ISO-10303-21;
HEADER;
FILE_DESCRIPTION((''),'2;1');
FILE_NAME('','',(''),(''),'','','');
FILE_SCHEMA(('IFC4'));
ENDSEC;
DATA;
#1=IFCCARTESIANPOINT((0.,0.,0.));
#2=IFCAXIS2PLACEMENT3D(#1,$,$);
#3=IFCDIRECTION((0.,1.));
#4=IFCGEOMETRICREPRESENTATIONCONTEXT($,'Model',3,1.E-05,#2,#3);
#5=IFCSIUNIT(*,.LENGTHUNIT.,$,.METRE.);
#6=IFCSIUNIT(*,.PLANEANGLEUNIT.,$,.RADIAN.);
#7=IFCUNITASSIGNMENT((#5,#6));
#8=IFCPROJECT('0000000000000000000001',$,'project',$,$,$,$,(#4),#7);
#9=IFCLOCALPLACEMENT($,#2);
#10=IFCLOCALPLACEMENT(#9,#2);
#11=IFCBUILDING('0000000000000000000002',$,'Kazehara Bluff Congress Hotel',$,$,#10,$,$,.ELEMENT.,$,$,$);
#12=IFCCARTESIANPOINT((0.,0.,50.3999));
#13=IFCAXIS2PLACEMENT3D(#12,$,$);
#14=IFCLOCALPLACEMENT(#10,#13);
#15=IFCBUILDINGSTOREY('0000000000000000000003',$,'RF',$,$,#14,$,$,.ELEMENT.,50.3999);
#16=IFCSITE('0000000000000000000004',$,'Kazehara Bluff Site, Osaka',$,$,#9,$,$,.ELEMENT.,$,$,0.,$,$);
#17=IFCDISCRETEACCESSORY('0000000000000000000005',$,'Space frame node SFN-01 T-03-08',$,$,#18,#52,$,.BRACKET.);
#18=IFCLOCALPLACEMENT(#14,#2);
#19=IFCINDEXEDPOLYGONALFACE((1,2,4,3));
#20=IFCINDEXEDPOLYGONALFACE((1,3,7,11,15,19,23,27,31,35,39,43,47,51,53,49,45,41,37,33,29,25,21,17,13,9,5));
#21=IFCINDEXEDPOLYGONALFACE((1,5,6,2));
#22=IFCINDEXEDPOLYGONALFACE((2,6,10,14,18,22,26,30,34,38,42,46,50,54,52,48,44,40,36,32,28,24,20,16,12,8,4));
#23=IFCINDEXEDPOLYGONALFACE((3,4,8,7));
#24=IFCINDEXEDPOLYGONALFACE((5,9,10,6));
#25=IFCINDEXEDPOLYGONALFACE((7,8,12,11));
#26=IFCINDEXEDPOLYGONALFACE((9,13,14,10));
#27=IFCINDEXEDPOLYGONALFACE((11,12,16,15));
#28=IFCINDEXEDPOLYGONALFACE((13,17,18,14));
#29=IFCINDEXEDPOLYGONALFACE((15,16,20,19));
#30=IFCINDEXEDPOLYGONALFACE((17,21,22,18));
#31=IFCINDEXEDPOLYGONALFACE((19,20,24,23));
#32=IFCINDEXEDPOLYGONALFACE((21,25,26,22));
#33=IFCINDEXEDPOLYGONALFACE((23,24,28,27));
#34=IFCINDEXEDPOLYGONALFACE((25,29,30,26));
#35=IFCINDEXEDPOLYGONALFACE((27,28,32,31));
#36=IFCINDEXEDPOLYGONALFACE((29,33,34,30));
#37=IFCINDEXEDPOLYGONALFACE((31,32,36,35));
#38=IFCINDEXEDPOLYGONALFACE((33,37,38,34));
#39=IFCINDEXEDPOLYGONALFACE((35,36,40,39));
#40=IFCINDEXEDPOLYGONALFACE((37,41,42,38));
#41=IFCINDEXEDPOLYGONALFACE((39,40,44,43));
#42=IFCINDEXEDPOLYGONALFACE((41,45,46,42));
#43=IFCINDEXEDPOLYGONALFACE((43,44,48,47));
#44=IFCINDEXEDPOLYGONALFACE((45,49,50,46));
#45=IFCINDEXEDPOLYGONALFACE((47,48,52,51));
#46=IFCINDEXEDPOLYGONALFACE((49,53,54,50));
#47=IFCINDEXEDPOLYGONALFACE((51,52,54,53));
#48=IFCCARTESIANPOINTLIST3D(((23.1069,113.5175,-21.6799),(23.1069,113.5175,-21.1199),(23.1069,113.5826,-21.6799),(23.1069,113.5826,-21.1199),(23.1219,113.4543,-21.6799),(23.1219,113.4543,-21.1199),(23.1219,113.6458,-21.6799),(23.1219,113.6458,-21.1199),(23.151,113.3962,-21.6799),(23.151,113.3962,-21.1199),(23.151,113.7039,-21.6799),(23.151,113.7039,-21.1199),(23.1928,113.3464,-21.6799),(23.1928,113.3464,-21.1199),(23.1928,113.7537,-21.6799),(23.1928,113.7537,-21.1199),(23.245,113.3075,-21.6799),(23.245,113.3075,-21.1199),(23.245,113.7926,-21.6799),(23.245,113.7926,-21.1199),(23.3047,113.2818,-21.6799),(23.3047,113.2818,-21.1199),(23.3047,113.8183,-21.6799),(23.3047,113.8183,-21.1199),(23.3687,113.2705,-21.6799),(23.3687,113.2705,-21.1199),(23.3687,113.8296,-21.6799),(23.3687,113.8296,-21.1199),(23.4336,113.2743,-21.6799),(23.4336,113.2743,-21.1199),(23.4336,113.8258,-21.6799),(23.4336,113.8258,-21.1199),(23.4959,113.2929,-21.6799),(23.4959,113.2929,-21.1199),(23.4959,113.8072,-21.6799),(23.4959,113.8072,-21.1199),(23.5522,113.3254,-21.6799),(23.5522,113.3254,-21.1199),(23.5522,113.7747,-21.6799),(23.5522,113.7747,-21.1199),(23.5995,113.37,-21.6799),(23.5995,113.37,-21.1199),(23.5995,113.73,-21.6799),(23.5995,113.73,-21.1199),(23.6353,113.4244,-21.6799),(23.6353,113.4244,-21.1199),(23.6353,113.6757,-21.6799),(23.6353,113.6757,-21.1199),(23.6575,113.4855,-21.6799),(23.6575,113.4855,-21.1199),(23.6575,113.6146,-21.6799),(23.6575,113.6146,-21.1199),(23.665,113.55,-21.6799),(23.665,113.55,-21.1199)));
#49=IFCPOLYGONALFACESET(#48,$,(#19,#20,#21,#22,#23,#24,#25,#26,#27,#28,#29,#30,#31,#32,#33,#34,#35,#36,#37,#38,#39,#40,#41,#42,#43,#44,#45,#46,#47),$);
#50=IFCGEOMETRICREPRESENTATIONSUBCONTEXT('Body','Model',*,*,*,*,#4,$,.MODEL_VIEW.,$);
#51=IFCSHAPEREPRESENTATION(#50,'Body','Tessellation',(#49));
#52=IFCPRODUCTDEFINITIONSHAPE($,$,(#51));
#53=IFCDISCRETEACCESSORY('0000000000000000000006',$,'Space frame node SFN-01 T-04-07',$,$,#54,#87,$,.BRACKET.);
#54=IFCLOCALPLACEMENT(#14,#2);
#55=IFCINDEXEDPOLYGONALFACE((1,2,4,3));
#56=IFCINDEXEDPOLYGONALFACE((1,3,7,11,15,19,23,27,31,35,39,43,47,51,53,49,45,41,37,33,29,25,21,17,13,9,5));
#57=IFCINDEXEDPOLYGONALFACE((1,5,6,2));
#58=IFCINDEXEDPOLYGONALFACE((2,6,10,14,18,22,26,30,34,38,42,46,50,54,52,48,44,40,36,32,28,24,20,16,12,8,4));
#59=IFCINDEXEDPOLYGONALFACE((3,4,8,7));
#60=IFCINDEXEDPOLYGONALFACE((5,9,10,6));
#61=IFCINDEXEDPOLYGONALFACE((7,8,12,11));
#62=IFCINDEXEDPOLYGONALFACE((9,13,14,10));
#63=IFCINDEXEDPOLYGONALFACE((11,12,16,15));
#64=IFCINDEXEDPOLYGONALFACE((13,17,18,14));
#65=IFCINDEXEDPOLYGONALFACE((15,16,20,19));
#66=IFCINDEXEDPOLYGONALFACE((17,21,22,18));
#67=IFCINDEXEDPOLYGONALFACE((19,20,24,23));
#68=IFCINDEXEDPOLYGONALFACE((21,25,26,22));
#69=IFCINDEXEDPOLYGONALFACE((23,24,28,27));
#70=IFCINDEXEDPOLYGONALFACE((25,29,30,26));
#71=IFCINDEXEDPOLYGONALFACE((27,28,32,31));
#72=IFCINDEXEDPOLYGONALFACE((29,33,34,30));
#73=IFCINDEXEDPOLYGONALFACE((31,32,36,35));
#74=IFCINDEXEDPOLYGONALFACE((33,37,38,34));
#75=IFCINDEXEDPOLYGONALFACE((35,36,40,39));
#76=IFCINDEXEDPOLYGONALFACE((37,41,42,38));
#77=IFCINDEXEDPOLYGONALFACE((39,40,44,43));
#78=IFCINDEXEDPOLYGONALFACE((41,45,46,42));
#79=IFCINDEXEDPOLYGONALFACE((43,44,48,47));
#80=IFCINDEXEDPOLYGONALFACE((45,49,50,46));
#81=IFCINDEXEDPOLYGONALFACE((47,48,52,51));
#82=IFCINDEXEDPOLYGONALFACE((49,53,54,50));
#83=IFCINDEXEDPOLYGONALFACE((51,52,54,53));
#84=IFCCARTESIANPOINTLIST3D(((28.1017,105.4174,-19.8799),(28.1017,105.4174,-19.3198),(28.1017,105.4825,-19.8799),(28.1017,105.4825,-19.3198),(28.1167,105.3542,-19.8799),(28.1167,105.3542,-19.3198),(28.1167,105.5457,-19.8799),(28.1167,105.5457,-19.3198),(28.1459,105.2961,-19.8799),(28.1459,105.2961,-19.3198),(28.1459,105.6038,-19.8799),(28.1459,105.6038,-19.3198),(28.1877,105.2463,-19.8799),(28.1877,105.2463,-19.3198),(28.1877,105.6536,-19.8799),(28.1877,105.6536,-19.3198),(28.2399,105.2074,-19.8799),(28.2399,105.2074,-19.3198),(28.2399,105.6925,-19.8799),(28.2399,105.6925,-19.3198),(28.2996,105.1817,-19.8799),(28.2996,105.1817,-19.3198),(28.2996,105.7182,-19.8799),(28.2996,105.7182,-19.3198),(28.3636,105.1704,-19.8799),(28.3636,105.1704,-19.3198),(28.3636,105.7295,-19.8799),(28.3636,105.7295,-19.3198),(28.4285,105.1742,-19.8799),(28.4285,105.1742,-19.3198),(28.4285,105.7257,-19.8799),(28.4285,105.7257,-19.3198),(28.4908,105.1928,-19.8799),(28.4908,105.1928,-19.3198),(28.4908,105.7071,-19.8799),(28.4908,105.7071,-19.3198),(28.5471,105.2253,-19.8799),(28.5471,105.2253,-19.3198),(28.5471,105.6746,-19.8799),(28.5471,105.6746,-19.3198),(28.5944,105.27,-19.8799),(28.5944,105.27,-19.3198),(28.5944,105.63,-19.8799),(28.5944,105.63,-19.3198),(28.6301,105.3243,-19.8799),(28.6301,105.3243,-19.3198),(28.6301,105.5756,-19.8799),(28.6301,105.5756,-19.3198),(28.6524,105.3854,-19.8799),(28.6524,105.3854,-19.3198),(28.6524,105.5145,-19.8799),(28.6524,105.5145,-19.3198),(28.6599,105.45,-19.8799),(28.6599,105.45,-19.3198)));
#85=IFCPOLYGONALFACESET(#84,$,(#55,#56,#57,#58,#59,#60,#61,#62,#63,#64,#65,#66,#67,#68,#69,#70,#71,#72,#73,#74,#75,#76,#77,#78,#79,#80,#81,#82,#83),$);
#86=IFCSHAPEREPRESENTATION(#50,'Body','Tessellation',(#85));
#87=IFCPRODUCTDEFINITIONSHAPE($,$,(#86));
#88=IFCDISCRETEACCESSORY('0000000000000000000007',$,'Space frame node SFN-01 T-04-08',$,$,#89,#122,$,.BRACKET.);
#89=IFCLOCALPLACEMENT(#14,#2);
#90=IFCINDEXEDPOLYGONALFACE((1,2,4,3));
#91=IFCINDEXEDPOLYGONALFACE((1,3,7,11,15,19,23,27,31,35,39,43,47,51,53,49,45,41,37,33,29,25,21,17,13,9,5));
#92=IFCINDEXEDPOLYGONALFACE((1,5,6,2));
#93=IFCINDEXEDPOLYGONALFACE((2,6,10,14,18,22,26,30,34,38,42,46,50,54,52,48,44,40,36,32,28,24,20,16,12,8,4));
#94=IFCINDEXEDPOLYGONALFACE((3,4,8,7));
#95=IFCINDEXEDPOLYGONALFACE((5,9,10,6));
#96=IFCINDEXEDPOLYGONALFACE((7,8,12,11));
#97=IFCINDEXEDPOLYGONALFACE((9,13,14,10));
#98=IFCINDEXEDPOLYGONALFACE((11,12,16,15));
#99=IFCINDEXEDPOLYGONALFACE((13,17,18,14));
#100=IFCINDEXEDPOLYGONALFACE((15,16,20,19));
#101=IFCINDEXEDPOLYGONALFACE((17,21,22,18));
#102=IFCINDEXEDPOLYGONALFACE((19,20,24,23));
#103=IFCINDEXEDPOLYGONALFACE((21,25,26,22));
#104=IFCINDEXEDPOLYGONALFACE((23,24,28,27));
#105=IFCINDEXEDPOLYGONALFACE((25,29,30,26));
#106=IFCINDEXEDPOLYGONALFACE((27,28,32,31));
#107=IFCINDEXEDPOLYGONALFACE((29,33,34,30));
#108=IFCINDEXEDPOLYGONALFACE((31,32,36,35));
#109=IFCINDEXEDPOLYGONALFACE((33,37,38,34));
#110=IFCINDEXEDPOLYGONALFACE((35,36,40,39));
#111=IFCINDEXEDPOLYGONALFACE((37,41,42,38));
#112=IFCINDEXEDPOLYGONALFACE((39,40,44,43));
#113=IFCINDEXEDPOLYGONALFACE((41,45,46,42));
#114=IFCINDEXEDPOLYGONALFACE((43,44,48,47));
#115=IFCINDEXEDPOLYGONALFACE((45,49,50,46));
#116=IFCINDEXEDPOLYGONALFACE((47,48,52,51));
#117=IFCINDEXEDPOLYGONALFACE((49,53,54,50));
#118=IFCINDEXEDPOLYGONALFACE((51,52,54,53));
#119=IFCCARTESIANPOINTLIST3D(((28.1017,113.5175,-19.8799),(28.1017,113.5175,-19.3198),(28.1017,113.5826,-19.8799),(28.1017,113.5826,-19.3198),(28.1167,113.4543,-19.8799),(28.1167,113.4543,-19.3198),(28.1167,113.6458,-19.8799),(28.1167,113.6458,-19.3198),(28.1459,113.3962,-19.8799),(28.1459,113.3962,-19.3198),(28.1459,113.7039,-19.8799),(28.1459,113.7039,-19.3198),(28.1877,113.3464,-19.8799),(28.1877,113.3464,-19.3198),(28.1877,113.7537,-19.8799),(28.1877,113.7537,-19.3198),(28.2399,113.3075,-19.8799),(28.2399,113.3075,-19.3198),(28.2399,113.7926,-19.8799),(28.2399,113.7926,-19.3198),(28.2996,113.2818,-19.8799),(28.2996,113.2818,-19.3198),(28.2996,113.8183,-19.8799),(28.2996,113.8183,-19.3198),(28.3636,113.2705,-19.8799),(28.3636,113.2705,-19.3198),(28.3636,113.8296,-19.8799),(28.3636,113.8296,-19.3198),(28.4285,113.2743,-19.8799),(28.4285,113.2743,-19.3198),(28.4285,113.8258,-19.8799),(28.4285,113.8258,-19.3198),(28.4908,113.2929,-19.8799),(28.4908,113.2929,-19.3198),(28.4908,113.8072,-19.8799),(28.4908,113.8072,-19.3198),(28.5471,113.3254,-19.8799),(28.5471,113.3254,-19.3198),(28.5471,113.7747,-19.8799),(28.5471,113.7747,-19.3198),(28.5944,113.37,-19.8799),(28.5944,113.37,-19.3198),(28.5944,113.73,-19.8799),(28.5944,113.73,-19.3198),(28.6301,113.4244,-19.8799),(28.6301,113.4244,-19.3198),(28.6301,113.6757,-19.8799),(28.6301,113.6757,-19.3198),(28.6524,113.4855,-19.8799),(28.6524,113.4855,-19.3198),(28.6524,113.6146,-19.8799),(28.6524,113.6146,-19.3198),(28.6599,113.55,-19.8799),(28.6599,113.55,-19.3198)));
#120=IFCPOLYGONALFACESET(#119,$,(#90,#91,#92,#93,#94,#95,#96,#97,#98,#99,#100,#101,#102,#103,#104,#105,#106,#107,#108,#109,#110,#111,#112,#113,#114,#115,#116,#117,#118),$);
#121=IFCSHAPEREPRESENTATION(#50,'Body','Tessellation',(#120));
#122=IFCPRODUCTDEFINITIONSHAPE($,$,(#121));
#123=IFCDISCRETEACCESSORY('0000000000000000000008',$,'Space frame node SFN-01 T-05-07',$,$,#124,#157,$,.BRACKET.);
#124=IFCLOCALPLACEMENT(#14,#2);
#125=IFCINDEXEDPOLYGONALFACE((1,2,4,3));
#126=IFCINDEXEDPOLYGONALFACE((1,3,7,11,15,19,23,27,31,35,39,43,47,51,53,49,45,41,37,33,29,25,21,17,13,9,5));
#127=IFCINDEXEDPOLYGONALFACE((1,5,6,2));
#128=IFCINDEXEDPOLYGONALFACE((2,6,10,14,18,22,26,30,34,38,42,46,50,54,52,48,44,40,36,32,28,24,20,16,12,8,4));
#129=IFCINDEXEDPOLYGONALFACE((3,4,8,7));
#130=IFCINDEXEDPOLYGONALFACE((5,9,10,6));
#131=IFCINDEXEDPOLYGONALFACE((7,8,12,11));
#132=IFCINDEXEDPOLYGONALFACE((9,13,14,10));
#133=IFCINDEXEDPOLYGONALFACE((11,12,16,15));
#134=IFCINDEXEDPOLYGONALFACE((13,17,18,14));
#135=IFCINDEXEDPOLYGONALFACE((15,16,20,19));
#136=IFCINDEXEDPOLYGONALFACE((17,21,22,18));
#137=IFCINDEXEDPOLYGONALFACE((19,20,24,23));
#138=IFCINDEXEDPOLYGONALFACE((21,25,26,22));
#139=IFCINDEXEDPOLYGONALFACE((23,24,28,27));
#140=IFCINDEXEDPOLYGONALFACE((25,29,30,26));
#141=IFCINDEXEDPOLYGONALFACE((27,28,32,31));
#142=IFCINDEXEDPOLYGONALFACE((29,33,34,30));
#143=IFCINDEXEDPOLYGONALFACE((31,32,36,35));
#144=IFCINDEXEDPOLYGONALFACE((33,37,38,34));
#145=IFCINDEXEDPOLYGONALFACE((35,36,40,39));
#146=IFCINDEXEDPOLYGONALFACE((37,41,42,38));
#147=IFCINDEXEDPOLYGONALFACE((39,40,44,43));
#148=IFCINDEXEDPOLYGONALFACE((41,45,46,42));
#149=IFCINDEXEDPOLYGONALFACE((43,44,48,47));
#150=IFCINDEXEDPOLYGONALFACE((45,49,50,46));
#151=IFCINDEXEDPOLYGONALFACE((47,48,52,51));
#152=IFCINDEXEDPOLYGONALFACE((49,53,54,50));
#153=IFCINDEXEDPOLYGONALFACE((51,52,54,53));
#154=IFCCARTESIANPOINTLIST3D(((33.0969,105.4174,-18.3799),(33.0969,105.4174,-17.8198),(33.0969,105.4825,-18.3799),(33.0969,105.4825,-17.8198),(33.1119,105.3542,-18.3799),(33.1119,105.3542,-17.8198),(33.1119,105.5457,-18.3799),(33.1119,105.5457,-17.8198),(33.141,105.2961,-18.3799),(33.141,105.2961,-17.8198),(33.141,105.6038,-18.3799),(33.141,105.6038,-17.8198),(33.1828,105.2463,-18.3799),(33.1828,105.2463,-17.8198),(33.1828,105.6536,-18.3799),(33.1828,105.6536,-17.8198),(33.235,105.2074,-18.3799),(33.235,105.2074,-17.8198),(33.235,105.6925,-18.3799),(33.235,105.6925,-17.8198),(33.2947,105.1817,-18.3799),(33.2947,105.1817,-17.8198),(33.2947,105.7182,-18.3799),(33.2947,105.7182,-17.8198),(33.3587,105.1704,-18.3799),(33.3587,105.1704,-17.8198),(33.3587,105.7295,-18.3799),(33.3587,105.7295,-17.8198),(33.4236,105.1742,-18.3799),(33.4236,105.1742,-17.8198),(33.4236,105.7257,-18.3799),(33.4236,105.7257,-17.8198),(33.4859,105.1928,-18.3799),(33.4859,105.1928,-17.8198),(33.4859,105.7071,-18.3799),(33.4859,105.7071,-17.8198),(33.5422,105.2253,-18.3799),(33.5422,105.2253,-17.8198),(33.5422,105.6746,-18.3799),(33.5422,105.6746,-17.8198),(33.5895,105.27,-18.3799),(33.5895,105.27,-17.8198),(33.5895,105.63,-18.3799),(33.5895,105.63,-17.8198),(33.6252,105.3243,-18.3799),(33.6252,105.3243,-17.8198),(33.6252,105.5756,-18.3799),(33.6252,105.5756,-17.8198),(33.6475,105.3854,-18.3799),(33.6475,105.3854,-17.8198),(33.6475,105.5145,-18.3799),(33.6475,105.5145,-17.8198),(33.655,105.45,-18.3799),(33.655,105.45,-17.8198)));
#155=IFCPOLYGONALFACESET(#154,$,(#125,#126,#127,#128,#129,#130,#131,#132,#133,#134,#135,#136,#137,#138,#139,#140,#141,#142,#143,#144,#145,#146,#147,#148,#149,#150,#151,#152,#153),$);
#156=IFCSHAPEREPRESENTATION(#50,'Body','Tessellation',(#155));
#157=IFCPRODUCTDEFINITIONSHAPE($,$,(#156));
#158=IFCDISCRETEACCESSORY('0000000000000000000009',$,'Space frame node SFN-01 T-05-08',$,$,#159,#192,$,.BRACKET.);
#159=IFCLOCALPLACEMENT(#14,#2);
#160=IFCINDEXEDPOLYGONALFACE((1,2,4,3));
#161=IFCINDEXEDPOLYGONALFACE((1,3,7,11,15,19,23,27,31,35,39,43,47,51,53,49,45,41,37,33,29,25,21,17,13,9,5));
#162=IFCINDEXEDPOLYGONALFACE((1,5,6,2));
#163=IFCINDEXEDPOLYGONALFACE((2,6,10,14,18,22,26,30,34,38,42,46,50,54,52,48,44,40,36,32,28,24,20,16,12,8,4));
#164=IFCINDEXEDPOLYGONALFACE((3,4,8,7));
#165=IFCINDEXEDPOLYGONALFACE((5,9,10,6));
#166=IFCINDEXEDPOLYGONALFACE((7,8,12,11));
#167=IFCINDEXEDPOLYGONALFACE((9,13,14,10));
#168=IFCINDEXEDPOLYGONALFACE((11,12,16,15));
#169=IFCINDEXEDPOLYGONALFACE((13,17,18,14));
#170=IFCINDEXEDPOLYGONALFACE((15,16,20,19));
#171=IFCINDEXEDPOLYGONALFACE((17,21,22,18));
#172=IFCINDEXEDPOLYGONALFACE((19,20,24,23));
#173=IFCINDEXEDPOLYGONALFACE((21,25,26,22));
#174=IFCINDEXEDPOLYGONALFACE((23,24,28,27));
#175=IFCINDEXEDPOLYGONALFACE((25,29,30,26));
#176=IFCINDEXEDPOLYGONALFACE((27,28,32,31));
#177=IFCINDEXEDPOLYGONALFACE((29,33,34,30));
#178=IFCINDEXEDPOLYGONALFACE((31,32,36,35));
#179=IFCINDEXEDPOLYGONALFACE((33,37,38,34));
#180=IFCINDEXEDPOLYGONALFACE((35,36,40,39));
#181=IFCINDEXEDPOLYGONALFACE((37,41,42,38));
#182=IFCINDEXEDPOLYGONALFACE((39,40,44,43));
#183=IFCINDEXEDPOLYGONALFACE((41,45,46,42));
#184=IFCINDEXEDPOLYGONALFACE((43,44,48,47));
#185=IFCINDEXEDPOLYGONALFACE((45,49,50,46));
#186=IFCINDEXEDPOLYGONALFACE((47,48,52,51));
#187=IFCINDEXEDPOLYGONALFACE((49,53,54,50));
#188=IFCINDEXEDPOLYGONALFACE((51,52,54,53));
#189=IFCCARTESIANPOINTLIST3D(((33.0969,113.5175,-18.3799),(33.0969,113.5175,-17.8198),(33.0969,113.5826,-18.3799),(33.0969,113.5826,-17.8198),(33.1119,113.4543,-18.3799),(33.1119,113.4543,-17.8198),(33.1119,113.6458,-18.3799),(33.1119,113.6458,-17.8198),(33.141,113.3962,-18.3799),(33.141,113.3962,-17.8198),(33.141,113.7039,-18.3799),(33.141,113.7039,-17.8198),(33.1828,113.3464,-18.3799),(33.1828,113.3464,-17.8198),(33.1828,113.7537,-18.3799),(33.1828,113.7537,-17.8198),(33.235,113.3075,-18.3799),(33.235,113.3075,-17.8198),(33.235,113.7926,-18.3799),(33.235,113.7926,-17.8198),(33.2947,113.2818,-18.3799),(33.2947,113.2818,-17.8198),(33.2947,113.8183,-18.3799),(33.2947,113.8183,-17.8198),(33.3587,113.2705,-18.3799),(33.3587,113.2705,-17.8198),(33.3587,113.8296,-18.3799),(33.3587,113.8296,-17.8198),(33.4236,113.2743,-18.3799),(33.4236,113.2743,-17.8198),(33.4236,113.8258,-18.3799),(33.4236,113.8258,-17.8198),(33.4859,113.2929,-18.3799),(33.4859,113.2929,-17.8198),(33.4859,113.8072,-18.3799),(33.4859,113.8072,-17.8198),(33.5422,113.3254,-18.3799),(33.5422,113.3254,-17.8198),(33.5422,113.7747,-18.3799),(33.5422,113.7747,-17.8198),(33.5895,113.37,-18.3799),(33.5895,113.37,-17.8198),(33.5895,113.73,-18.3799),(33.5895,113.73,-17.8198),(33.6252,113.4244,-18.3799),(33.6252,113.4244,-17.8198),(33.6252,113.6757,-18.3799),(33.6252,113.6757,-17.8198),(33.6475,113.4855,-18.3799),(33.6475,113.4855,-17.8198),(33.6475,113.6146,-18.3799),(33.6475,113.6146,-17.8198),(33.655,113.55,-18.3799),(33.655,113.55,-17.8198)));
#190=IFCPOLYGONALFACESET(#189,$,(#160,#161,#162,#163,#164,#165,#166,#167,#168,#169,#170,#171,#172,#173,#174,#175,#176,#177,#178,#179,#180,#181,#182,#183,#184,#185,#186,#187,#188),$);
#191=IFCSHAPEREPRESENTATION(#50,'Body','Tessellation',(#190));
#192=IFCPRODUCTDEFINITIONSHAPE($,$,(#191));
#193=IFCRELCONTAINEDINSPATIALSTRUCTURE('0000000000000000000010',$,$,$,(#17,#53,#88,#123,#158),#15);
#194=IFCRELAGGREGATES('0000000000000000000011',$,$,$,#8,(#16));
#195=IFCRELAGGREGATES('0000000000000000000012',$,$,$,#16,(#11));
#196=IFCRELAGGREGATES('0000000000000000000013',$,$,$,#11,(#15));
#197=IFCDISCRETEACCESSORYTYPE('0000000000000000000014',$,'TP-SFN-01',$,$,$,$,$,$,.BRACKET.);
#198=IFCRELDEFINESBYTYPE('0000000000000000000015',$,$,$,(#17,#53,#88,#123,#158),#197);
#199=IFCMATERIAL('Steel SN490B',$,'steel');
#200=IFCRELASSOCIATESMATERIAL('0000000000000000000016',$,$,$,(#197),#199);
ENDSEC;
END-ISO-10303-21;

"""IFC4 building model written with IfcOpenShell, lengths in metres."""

from ifc_helpers import new_model, si_unit, direction, frame, origin, origin_2d, place, context, subcontext, project, spatial, circle, extrude, material, material_profile, profile_set, type_object, element, save


model = new_model("IFC4")

# Units and contexts
model_context = context("Model", 3, precision=1e-05, world=origin(), true_north=direction((0.0, 1.0)))
body_context = subcontext(model_context, "Body", "Model", "MODEL_VIEW")
ifc_project = project(units=[si_unit("LENGTHUNIT", "METRE"), si_unit("PLANEANGLEUNIT", "RADIAN")], contexts=[model_context])

# Site, building, storey
site_placement = place(None, origin())
site = spatial("IfcSite", under=ifc_project, at=site_placement, Name="Kazehara Bluff Site, Osaka", CompositionType="ELEMENT", RefElevation=0.0)
building_placement = place(site_placement, origin())
building = spatial("IfcBuilding", under=site, at=building_placement, Name="Kazehara Bluff Congress Hotel", CompositionType="ELEMENT")
storey_placement = place(building_placement, frame((0.0, 0.0, 50.3999)))
storey = spatial("IfcBuildingStorey", under=building, at=storey_placement, Name="RF", CompositionType="ELEMENT", Elevation=50.3999)

# Discrete accessories
ifc_material_1 = material(Name="Steel SN490B", Category="steel")
ifc_material_profile_1 = material_profile(ifc_material_1, circle(Radius=0.28, at=origin_2d()))
ifc_profile_set_1 = profile_set([ifc_material_profile_1], Name="Steel SN490B")
discrete_accessory_type_1 = type_object("IfcDiscreteAccessoryType", Name="TP-SFN-01", PredefinedType="BRACKET", material=ifc_profile_set_1)
for number, where, z_axis, x_axis, name in (
    (1, (23.385, 113.55, -21.6799), (0.0, 0.0, 1.0), (1.0, 0.0, 0.0), "Space frame node SFN-01 T-03-08"),
    (2, (28.3799, 105.45, -19.8799), (0.0, 0.0, 1.0), (1.0, 0.0, 0.0), "Space frame node SFN-01 T-04-07"),
    (3, (28.3799, 113.55, -19.8799), (0.0, 0.0, 1.0), (1.0, 0.0, 0.0), "Space frame node SFN-01 T-04-08"),
    (4, (33.375, 105.45, -18.3799), (0.0, 0.0, 1.0), (1.0, 0.0, 0.0), "Space frame node SFN-01 T-05-07"),
    (5, (33.375, 113.55, -18.3799), (0.0, 0.0, 1.0), (1.0, 0.0, 0.0), "Space frame node SFN-01 T-05-08"),
):
    element("IfcDiscreteAccessory", number, at=place(storey_placement, frame(where, z_axis=z_axis, x_axis=x_axis)), inside=storey, type_object=discrete_accessory_type_1, Name=name, PredefinedType="BRACKET", context=body_context, shape_type="SweptSolid", body=[
        extrude(circle(Radius=0.28, at=origin_2d()), origin(), (0.0, 0.0, 1.0), 0.5601),
    ])

save(model, "model.ifc")
